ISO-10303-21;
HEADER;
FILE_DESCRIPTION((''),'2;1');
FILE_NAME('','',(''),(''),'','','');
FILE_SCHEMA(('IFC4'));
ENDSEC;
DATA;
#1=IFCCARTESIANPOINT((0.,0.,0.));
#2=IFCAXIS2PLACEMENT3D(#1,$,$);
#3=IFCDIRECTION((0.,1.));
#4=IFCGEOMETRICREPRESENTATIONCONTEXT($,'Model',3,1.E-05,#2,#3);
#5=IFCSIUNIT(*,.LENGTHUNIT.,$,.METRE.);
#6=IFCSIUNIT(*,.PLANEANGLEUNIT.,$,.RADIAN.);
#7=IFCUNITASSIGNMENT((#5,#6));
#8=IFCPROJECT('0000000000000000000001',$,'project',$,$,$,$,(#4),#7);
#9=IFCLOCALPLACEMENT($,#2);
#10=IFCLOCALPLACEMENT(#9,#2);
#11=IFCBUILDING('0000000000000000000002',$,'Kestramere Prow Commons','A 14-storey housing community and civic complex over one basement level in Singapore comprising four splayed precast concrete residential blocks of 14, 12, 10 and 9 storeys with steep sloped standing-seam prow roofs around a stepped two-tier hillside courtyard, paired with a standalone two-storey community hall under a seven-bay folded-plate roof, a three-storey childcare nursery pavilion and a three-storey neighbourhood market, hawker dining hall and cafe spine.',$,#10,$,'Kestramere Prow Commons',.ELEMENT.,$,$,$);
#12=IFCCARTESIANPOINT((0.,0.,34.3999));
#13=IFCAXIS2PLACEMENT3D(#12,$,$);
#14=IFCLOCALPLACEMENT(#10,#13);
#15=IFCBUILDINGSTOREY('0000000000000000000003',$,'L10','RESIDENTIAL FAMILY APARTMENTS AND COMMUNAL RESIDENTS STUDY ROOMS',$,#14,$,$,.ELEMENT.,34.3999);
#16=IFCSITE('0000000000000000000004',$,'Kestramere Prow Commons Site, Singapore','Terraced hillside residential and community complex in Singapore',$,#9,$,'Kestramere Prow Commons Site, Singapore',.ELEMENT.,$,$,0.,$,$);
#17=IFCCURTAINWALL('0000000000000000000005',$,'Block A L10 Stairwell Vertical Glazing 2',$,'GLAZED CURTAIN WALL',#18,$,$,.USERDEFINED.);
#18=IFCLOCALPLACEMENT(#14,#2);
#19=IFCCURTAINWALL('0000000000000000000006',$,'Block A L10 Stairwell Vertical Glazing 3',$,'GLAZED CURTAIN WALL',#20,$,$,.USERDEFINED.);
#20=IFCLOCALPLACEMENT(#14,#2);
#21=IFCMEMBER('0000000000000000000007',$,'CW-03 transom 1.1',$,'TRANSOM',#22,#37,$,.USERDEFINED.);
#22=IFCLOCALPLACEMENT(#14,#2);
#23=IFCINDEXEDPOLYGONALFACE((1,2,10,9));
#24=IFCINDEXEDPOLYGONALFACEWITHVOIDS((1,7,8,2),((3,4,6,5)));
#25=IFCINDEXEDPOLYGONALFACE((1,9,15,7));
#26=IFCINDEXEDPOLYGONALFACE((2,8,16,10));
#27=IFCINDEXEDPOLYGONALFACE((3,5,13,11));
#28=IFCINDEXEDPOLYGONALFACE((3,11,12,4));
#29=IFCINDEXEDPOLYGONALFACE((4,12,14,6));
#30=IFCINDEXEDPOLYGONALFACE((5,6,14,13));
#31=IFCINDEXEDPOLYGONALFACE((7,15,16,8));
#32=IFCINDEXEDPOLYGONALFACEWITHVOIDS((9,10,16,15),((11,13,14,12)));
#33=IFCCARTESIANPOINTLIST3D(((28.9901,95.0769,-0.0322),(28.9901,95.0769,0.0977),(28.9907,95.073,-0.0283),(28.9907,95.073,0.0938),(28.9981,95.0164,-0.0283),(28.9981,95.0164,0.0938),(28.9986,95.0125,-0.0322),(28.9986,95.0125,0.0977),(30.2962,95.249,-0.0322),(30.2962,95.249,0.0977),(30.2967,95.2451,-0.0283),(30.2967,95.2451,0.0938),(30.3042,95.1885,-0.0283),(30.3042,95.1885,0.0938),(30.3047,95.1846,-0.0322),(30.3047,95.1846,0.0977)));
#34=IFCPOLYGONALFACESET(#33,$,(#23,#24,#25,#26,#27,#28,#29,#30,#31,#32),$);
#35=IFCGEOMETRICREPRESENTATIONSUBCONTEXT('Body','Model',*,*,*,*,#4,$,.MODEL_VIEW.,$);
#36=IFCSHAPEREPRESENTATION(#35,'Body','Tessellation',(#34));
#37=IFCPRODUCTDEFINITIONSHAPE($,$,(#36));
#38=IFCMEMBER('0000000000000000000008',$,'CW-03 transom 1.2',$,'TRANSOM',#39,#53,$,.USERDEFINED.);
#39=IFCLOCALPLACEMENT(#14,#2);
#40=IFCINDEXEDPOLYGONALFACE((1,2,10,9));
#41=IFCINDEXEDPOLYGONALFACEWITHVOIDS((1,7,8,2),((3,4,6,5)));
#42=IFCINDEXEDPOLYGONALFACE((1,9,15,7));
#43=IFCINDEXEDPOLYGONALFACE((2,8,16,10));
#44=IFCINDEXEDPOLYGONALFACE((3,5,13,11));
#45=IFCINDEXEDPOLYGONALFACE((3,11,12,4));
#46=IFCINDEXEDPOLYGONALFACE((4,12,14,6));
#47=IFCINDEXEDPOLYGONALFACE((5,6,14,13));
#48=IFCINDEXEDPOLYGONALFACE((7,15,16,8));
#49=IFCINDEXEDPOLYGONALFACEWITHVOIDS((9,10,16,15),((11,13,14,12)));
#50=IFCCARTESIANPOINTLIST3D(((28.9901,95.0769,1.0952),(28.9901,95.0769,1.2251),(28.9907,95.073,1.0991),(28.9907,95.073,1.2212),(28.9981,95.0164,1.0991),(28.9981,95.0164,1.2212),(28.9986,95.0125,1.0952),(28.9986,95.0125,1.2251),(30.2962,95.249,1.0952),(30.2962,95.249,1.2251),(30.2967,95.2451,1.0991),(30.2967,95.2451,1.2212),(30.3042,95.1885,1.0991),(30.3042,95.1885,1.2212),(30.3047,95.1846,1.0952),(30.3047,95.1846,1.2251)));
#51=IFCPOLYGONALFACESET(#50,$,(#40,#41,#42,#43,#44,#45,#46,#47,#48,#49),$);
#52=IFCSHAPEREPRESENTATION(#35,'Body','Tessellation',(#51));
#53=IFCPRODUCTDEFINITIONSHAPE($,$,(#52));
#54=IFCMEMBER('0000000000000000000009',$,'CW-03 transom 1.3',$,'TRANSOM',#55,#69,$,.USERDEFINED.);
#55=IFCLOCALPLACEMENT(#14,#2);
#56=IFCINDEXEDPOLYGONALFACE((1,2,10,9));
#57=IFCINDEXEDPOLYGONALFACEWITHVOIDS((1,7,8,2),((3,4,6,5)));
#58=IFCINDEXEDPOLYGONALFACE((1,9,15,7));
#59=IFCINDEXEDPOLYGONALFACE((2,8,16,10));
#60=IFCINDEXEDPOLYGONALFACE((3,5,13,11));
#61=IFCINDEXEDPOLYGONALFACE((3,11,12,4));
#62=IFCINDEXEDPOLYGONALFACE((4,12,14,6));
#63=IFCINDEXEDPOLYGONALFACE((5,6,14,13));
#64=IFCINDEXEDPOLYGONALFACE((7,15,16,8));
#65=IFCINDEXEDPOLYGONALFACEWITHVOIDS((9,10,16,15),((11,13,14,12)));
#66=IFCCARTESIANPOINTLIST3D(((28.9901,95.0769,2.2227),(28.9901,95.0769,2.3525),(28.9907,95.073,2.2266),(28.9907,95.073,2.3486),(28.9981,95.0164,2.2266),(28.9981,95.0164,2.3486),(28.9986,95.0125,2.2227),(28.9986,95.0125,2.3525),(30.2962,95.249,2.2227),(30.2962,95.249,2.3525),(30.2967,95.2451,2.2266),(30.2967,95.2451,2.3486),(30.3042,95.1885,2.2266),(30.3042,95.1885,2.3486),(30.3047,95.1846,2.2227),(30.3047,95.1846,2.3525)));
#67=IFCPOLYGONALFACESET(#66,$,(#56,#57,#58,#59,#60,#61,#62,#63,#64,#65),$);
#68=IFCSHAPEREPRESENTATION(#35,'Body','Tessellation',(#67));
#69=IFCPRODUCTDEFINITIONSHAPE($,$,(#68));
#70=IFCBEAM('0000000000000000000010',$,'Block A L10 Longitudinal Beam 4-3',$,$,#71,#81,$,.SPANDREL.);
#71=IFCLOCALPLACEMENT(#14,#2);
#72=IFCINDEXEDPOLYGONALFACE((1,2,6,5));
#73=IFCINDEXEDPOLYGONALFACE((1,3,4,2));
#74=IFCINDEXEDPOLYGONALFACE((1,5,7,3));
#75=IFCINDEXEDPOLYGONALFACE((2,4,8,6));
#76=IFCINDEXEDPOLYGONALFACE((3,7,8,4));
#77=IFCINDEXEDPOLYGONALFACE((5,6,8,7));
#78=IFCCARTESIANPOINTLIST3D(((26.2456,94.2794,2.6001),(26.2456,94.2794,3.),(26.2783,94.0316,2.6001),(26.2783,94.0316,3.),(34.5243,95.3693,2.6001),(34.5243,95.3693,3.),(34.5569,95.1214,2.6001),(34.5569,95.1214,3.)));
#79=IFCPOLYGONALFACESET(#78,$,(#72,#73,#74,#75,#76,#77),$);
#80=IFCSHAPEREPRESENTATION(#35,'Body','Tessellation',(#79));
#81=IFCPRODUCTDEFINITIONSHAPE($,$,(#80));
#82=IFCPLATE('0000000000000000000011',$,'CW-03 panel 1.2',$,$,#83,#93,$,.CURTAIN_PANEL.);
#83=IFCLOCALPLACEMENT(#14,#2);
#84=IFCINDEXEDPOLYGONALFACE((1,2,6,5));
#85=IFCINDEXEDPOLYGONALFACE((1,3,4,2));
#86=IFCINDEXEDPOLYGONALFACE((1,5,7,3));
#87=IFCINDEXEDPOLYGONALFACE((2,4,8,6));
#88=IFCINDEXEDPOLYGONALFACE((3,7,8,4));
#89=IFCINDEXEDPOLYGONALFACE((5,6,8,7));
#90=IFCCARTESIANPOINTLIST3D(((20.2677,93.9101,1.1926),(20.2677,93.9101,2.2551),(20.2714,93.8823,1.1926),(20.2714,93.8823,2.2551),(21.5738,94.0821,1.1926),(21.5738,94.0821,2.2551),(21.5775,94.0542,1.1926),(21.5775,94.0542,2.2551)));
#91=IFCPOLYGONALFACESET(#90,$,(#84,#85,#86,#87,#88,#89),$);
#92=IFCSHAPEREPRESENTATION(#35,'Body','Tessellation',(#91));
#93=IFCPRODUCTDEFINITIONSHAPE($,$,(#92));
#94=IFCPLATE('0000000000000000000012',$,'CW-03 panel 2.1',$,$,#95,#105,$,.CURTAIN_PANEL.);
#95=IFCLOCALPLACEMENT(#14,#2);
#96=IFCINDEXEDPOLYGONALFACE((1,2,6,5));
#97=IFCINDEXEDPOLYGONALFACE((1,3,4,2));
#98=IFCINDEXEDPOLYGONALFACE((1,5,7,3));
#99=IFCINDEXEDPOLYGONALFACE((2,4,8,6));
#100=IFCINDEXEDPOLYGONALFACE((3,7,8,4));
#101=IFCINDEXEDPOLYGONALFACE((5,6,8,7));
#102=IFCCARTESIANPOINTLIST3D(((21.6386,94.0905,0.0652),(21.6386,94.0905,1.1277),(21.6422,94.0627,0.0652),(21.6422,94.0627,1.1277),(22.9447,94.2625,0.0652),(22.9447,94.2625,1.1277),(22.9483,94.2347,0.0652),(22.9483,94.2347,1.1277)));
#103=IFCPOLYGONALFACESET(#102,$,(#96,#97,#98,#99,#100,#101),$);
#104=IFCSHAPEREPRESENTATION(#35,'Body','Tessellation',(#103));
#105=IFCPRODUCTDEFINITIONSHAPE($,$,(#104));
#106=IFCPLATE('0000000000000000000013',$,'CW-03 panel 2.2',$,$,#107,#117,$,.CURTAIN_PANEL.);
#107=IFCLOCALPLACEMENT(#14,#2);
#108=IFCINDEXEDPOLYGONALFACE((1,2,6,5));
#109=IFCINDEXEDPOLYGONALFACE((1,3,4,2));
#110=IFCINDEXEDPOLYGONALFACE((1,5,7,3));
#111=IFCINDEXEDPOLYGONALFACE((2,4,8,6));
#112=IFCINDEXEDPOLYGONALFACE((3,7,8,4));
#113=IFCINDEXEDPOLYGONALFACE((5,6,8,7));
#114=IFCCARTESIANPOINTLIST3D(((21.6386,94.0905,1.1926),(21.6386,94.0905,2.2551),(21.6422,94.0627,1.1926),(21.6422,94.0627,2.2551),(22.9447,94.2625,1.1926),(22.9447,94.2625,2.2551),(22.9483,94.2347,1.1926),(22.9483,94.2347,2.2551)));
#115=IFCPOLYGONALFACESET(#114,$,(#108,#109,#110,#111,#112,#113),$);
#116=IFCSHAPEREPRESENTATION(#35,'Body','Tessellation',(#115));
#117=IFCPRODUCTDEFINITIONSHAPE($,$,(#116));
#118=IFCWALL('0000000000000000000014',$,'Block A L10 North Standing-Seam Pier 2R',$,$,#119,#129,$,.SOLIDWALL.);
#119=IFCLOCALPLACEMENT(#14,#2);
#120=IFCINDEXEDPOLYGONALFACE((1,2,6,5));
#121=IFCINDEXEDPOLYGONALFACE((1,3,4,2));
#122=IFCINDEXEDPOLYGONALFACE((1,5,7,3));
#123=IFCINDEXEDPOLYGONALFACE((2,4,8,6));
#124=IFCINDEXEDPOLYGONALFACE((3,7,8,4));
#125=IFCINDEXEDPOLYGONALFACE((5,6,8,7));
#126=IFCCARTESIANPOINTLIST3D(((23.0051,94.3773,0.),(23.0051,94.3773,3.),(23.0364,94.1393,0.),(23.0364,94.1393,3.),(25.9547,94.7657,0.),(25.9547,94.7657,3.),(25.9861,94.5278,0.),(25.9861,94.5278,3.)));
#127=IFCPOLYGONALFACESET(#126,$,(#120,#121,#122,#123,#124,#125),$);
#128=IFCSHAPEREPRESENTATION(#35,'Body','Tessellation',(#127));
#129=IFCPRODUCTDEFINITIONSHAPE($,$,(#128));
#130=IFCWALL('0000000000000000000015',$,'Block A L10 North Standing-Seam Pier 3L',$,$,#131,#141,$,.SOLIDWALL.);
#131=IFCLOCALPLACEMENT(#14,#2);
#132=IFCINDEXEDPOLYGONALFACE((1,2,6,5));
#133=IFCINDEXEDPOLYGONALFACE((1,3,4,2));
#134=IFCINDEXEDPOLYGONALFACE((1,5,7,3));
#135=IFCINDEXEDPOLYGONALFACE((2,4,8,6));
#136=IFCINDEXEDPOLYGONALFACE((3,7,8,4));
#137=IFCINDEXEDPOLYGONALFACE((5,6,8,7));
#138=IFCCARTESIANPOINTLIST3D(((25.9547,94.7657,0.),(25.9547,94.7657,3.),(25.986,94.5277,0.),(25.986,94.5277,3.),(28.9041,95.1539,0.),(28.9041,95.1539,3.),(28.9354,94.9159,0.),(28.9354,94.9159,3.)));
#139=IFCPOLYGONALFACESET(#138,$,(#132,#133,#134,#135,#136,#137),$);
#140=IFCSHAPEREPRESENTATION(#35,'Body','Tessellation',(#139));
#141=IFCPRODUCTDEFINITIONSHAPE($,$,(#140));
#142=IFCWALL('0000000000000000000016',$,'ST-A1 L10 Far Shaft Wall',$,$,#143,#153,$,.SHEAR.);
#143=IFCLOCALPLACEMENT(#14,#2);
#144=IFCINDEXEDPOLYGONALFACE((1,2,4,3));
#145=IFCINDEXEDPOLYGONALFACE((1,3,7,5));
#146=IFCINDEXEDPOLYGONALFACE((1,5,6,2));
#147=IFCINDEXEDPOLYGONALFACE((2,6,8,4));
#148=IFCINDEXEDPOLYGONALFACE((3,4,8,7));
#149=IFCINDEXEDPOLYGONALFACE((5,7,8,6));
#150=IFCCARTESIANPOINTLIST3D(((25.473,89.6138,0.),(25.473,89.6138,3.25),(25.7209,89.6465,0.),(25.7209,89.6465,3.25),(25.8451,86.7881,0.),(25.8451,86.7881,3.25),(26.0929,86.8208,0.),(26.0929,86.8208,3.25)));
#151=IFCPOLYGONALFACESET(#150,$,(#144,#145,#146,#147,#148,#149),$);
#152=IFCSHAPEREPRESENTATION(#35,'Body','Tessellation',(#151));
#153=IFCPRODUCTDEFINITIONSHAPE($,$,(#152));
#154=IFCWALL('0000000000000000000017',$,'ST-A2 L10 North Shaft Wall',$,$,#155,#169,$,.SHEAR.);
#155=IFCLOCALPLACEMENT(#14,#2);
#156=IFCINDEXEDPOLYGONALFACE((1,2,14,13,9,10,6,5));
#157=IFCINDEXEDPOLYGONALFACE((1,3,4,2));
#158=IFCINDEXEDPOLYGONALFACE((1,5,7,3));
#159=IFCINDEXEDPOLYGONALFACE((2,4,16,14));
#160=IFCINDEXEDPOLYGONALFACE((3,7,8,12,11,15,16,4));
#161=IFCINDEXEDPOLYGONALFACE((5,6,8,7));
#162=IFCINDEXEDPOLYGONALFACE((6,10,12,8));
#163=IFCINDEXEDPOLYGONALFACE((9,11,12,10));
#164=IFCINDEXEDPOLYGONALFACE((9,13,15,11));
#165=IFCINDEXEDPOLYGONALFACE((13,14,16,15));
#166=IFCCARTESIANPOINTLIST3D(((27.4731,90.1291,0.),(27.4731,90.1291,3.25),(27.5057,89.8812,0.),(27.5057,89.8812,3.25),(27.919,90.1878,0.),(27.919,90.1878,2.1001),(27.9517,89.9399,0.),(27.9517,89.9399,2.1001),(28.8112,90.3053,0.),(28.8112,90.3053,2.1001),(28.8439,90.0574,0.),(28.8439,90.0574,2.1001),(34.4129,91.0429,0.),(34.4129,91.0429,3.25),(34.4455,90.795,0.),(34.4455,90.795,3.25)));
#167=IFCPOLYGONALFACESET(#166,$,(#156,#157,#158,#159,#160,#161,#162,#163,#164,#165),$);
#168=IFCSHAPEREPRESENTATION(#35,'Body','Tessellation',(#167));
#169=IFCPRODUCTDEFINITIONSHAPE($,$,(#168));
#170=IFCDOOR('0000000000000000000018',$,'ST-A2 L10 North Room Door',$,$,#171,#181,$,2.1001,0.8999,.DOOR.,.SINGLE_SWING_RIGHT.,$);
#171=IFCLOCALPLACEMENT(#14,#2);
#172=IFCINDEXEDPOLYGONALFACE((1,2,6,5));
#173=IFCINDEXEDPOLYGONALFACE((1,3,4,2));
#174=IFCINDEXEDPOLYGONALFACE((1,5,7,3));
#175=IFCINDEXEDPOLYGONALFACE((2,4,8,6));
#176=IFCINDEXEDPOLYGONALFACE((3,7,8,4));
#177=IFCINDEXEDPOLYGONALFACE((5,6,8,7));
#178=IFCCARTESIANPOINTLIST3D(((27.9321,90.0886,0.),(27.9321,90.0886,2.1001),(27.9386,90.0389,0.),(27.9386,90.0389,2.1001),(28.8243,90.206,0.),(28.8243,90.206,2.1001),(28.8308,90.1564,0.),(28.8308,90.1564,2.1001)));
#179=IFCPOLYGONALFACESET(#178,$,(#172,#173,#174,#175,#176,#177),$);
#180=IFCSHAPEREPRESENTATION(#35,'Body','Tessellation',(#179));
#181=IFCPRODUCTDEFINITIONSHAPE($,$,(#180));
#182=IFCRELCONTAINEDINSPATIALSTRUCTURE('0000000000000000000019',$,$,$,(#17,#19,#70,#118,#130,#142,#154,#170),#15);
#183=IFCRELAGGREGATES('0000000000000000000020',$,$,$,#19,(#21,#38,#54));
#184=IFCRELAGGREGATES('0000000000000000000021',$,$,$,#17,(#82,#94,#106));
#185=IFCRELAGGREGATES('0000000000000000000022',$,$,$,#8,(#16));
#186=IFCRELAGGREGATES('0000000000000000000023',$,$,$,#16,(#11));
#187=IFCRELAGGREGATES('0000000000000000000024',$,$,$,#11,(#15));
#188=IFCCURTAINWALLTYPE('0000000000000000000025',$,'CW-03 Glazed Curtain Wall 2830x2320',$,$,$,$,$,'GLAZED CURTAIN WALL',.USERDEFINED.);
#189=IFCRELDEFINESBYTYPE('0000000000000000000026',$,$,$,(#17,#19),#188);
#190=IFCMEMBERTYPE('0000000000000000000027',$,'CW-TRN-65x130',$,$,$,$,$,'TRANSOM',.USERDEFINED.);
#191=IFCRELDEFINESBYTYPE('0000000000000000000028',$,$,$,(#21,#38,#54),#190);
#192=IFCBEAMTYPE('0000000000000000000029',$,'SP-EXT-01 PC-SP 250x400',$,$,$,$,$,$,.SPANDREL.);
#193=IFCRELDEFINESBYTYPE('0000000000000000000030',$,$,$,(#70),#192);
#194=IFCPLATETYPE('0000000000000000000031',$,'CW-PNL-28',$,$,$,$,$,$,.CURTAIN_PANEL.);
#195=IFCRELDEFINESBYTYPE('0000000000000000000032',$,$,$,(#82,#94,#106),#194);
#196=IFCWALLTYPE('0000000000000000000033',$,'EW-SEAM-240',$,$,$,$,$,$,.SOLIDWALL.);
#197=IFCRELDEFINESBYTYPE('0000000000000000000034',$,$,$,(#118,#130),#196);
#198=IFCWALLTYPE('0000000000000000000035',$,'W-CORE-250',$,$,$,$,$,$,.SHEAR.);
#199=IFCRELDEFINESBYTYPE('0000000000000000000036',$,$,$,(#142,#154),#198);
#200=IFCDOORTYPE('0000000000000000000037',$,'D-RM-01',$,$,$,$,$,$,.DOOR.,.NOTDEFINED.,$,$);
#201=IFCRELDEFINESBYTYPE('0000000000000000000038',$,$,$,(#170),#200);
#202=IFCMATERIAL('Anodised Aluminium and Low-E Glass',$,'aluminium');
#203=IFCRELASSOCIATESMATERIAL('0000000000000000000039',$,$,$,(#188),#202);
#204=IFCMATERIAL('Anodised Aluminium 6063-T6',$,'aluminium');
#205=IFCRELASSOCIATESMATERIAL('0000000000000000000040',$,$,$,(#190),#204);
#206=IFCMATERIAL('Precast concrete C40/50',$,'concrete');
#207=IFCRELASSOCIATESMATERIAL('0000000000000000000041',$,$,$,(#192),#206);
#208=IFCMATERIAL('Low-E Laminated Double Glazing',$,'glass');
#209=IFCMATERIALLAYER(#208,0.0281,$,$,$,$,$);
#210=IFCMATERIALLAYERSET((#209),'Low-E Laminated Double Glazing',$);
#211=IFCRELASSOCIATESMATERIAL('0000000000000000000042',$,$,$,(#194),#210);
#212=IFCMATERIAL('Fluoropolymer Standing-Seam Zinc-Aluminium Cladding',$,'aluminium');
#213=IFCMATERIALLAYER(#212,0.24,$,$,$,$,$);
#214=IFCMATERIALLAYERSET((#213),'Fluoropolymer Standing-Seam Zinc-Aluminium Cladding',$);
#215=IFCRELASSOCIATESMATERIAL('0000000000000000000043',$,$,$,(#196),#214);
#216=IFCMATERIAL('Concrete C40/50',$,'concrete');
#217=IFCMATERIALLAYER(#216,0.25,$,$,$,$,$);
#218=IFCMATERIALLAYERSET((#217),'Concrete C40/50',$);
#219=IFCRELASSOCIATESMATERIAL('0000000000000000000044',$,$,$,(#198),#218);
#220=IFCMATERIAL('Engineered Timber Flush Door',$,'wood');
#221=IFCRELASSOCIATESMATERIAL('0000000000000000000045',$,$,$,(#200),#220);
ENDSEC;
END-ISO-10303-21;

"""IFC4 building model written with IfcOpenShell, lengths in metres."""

from ifc_helpers import new_model, si_unit, direction, frame, frame_2d, origin, origin_2d, place, context, subcontext, project, spatial, rectangle, hollow_rectangle, extrude, material, layer, layer_set, material_profile, profile_set, type_object, element, fill, aggregate, save


model = new_model("IFC4")

# Units and contexts
model_context = context("Model", 3, precision=1e-05, world=origin(), true_north=direction((0.0, 1.0)))
body_context = subcontext(model_context, "Body", "Model", "MODEL_VIEW")
ifc_project = project(units=[si_unit("LENGTHUNIT", "METRE"), si_unit("PLANEANGLEUNIT", "RADIAN")], contexts=[model_context])

# Site, building, storey
site_placement = place(None, origin())
site = spatial("IfcSite", under=ifc_project, at=site_placement, Name="Kestramere Prow Commons Site, Singapore", Description="Terraced hillside residential and community complex in Singapore", LongName="Kestramere Prow Commons Site, Singapore", CompositionType="ELEMENT", RefElevation=0.0)
building_placement = place(site_placement, origin())
building = spatial("IfcBuilding", under=site, at=building_placement, Name="Kestramere Prow Commons", Description="A 14-storey housing community and civic complex over one basement level in Singapore comprising four splayed precast concrete residential blocks of 14, 12, 10 and 9 storeys with steep sloped standing-seam prow roofs around a stepped two-tier hillside courtyard, paired with a standalone two-storey community hall under a seven-bay folded-plate roof, a three-storey childcare nursery pavilion and a three-storey neighbourhood market, hawker dining hall and cafe spine.", LongName="Kestramere Prow Commons", CompositionType="ELEMENT")
storey_placement = place(building_placement, frame((0.0, 0.0, 34.3999)))
storey = spatial("IfcBuildingStorey", under=building, at=storey_placement, Name="L10", Description="RESIDENTIAL FAMILY APARTMENTS AND COMMUNAL RESIDENTS STUDY ROOMS", CompositionType="ELEMENT", Elevation=34.3999)

# Shared definitions
ifc_material_1 = material(Name="Precast concrete C40/50", Category="concrete")

# Shared definitions
ifc_material_2 = material(Name="Concrete C40/50", Category="concrete")

# Curtain wall
ifc_material_3 = material(Name="Anodised Aluminium and Low-E Glass", Category="aluminium")
curtain_wall_type = type_object("IfcCurtainWallType", Name="CW-03 Glazed Curtain Wall 2830x2320", ElementType="GLAZED CURTAIN WALL", PredefinedType="USERDEFINED", material=ifc_material_3)
curtain_wall_1_placement = place(storey_placement, origin())
curtain_wall_1 = element("IfcCurtainWall", 1, at=curtain_wall_1_placement, inside=storey, type_object=curtain_wall_type, Name="Block A L10 Stairwell Vertical Glazing 2", ObjectType="GLAZED CURTAIN WALL", PredefinedType="USERDEFINED")
ifc_material_4 = material(Name="Anodised Aluminium 6063-T6", Category="aluminium")

# Curtain wall
curtain_wall_2_placement = place(storey_placement, origin())
curtain_wall_2 = element("IfcCurtainWall", 2, at=curtain_wall_2_placement, inside=storey, type_object=curtain_wall_type, Name="Block A L10 Stairwell Vertical Glazing 3", ObjectType="GLAZED CURTAIN WALL", PredefinedType="USERDEFINED")

# Members
ifc_material_profile_1 = material_profile(ifc_material_4, hollow_rectangle(XDim=0.0649, YDim=0.1299, WallThickness=0.0039, at=origin_2d()), Name="ALU-TRN 65x130")
ifc_profile_set_1 = profile_set([ifc_material_profile_1], Name="Anodised Aluminium 6063-T6")
member_type_1 = type_object("IfcMemberType", Name="CW-TRN-65x130", ElementType="TRANSOM", PredefinedType="USERDEFINED", material=ifc_profile_set_1)
member_1_placement = place(storey_placement, frame((28.9944, 95.0447, 0.0327), z_axis=(0.991429, 0.130646, 0.0), x_axis=(-0.130646, 0.991429, 0.0)))
member_1 = element("IfcMember", 3, at=member_1_placement, type_object=member_type_1, Name="CW-03 transom 1.1", ObjectType="TRANSOM", PredefinedType="USERDEFINED", context=body_context, shape_type="SweptSolid", body=[
    extrude(hollow_rectangle(XDim=0.0649, YDim=0.1299, WallThickness=0.0039, at=origin_2d()), origin(), (0.0, 0.0, 1.0), 1.3174),
])
member_2_placement = place(storey_placement, frame((28.9944, 95.0447, 1.1602), z_axis=(0.991429, 0.130646, 0.0), x_axis=(-0.130646, 0.991429, 0.0)))
member_2 = element("IfcMember", 4, at=member_2_placement, type_object=member_type_1, Name="CW-03 transom 1.2", ObjectType="TRANSOM", PredefinedType="USERDEFINED", context=body_context, shape_type="SweptSolid", body=[
    extrude(hollow_rectangle(XDim=0.0649, YDim=0.1299, WallThickness=0.0039, at=origin_2d()), origin(), (0.0, 0.0, 1.0), 1.3174),
])
member_3_placement = place(storey_placement, frame((28.9944, 95.0447, 2.2876), z_axis=(0.991429, 0.130646, 0.0), x_axis=(-0.130646, 0.991429, 0.0)))
member_3 = element("IfcMember", 5, at=member_3_placement, type_object=member_type_1, Name="CW-03 transom 1.3", ObjectType="TRANSOM", PredefinedType="USERDEFINED", context=body_context, shape_type="SweptSolid", body=[
    extrude(hollow_rectangle(XDim=0.0649, YDim=0.1299, WallThickness=0.0039, at=origin_2d()), origin(), (0.0, 0.0, 1.0), 1.3174),
])
aggregate(curtain_wall_2, [member_1, member_2, member_3])

# Beam
ifc_material_profile_2 = material_profile(ifc_material_1, rectangle(XDim=0.25, YDim=0.3999, at=origin_2d()), Name="PC-SP 250x400")
ifc_profile_set_2 = profile_set([ifc_material_profile_2], Name="Precast concrete C40/50")
beam_type_1 = type_object("IfcBeamType", Name="SP-EXT-01 PC-SP 250x400", PredefinedType="SPANDREL", material=ifc_profile_set_2)
beam_1_placement = place(storey_placement, frame((26.262, 94.1555, 2.8), z_axis=(0.991446, 0.13052, 0.0), x_axis=(-0.13052, 0.991446, 0.0)))
element("IfcBeam", 6, at=beam_1_placement, inside=storey, type_object=beam_type_1, Name="Block A L10 Longitudinal Beam 4-3", PredefinedType="SPANDREL", context=body_context, shape_type="SweptSolid", body=[
    extrude(rectangle(XDim=0.25, YDim=0.3999, at=origin_2d()), origin(), (0.0, 0.0, 1.0), 8.3501),
])

# Plates
ifc_material_5 = material(Name="Low-E Laminated Double Glazing", Category="glass")
ifc_layer_1 = layer(ifc_material_5, 0.0281)
ifc_layer_set_1 = layer_set([ifc_layer_1], Name="Low-E Laminated Double Glazing")
plate_type = type_object("IfcPlateType", Name="CW-PNL-28", PredefinedType="CURTAIN_PANEL", material=ifc_layer_set_1)
plate_1_placement = place(storey_placement, frame((20.9226, 93.9822, 1.1926), z_axis=(0.0, 0.0, 1.0), x_axis=(0.991445, 0.130526, 0.0)))
plate_1 = element("IfcPlate", 7, at=plate_1_placement, type_object=plate_type, Name="CW-03 panel 1.2", PredefinedType="CURTAIN_PANEL", context=body_context, shape_type="SweptSolid", body=[
    extrude(rectangle(XDim=1.3174, YDim=0.0281, at=origin_2d()), origin(), (0.0, 0.0, 1.0), 1.0625),
])
plate_2_placement = place(storey_placement, frame((22.2935, 94.1626, 0.0652), z_axis=(0.0, 0.0, 1.0), x_axis=(0.991445, 0.130526, 0.0)))
plate_2 = element("IfcPlate", 8, at=plate_2_placement, type_object=plate_type, Name="CW-03 panel 2.1", PredefinedType="CURTAIN_PANEL", context=body_context, shape_type="SweptSolid", body=[
    extrude(rectangle(XDim=1.3174, YDim=0.0281, at=origin_2d()), origin(), (0.0, 0.0, 1.0), 1.0625),
])
plate_3_placement = place(storey_placement, frame((22.2935, 94.1626, 1.1926), z_axis=(0.0, 0.0, 1.0), x_axis=(0.991445, 0.130526, 0.0)))
plate_3 = element("IfcPlate", 9, at=plate_3_placement, type_object=plate_type, Name="CW-03 panel 2.2", PredefinedType="CURTAIN_PANEL", context=body_context, shape_type="SweptSolid", body=[
    extrude(rectangle(XDim=1.3174, YDim=0.0281, at=origin_2d()), origin(), (0.0, 0.0, 1.0), 1.0625),
])
aggregate(curtain_wall_1, [plate_1, plate_2, plate_3])

# Walls
ifc_material_6 = material(Name="Fluoropolymer Standing-Seam Zinc-Aluminium Cladding", Category="aluminium")
ifc_layer_2 = layer(ifc_material_6, 0.24)
ifc_layer_set_2 = layer_set([ifc_layer_2], Name="Fluoropolymer Standing-Seam Zinc-Aluminium Cladding")
wall_type_1 = type_object("IfcWallType", Name="EW-SEAM-240", PredefinedType="SOLIDWALL", material=ifc_layer_set_2)
wall_1_placement = place(storey_placement, frame((23.0208, 94.2583, 0.0), z_axis=(0.0, 0.0, 1.0), x_axis=(0.991441, 0.130556, 0.0)))
element("IfcWall", 10, at=wall_1_placement, inside=storey, type_object=wall_type_1, Name="Block A L10 North Standing-Seam Pier 2R", PredefinedType="SOLIDWALL", context=body_context, shape_type="SweptSolid", body=[
    extrude(rectangle(XDim=2.9751, YDim=0.24, at=frame_2d((1.4875, 0.0))), origin(), (0.0, 0.0, 1.0), 3.0),
])
wall_2_placement = place(storey_placement, frame((25.9705, 94.6467, 0.0), z_axis=(0.0, 0.0, 1.0), x_axis=(0.99145, 0.130486, 0.0)))
element("IfcWall", 11, at=wall_2_placement, inside=storey, type_object=wall_type_1, Name="Block A L10 North Standing-Seam Pier 3L", PredefinedType="SOLIDWALL", context=body_context, shape_type="SweptSolid", body=[
    extrude(rectangle(XDim=2.9749, YDim=0.24, at=frame_2d((1.4873, 0.0))), origin(), (0.0, 0.0, 1.0), 3.0),
])
ifc_layer_3 = layer(ifc_material_2, 0.25)
ifc_layer_set_3 = layer_set([ifc_layer_3], Name="Concrete C40/50")
wall_type_2 = type_object("IfcWallType", Name="W-CORE-250", PredefinedType="SHEAR", material=ifc_layer_set_3)
wall_3_placement = place(storey_placement, frame((25.969, 86.8044, 0.0), z_axis=(0.0, 0.0, 1.0), x_axis=(-0.130548, 0.991442, 0.0)))
element("IfcWall", 12, at=wall_3_placement, inside=storey, type_object=wall_type_2, Name="ST-A1 L10 Far Shaft Wall", PredefinedType="SHEAR", context=body_context, shape_type="SweptSolid", body=[
    extrude(rectangle(XDim=2.8501, YDim=0.25, at=frame_2d((1.425, 0.0))), origin(), (0.0, 0.0, 1.0), 3.25),
])

# Wall, opening, door
wall_4_placement = place(storey_placement, frame((27.4893, 90.0051, 0.0), z_axis=(0.0, 0.0, 1.0), x_axis=(0.991442, 0.130548, 0.0)))
wall_4 = element("IfcWall", 13, at=wall_4_placement, inside=storey, type_object=wall_type_2, Name="ST-A2 L10 North Shaft Wall", PredefinedType="SHEAR", context=body_context, shape_type="SweptSolid", body=[
    extrude(rectangle(XDim=6.9998, YDim=0.25, at=frame_2d((3.5, 0.0))), origin(), (0.0, 0.0, 1.0), 3.25),
])
opening_1_placement = place(wall_4_placement, frame((0.45, 0.0, 0.0)))
opening_1 = element("IfcOpeningElement", 14, at=opening_1_placement, cuts=wall_4, PredefinedType="OPENING", context=body_context, shape_type="SweptSolid", body=[
    extrude(rectangle(XDim=0.8999, YDim=2.1001, at=frame_2d((0.45, 1.05))), frame((0.0, 0.1399, 0.0), z_axis=(0.0, -1.0, 0.0), x_axis=(1.0, 0.0, 0.0)), (0.0, 0.0, 1.0), 0.28),
])
ifc_material_7 = material(Name="Engineered Timber Flush Door", Category="wood")
door_type_1 = type_object("IfcDoorType", Name="D-RM-01", OperationType="NOTDEFINED", PredefinedType="DOOR", material=ifc_material_7)
door_1_placement = place(opening_1_placement, origin())
door_1 = element("IfcDoor", 15, at=door_1_placement, inside=storey, type_object=door_type_1, Name="ST-A2 L10 North Room Door", OperationType="SINGLE_SWING_RIGHT", OverallHeight=2.1001, OverallWidth=0.8999, PredefinedType="DOOR", context=body_context, shape_type="SweptSolid", body=[
    extrude(rectangle(XDim=0.8999, YDim=2.1001, at=frame_2d((0.45, 1.05))), frame((0.0, 0.0249, 0.0), z_axis=(0.0, -1.0, 0.0), x_axis=(1.0, 0.0, 0.0)), (0.0, 0.0, 1.0), 0.05),
])
fill(opening_1, door_1)

save(model, "model.ifc")
